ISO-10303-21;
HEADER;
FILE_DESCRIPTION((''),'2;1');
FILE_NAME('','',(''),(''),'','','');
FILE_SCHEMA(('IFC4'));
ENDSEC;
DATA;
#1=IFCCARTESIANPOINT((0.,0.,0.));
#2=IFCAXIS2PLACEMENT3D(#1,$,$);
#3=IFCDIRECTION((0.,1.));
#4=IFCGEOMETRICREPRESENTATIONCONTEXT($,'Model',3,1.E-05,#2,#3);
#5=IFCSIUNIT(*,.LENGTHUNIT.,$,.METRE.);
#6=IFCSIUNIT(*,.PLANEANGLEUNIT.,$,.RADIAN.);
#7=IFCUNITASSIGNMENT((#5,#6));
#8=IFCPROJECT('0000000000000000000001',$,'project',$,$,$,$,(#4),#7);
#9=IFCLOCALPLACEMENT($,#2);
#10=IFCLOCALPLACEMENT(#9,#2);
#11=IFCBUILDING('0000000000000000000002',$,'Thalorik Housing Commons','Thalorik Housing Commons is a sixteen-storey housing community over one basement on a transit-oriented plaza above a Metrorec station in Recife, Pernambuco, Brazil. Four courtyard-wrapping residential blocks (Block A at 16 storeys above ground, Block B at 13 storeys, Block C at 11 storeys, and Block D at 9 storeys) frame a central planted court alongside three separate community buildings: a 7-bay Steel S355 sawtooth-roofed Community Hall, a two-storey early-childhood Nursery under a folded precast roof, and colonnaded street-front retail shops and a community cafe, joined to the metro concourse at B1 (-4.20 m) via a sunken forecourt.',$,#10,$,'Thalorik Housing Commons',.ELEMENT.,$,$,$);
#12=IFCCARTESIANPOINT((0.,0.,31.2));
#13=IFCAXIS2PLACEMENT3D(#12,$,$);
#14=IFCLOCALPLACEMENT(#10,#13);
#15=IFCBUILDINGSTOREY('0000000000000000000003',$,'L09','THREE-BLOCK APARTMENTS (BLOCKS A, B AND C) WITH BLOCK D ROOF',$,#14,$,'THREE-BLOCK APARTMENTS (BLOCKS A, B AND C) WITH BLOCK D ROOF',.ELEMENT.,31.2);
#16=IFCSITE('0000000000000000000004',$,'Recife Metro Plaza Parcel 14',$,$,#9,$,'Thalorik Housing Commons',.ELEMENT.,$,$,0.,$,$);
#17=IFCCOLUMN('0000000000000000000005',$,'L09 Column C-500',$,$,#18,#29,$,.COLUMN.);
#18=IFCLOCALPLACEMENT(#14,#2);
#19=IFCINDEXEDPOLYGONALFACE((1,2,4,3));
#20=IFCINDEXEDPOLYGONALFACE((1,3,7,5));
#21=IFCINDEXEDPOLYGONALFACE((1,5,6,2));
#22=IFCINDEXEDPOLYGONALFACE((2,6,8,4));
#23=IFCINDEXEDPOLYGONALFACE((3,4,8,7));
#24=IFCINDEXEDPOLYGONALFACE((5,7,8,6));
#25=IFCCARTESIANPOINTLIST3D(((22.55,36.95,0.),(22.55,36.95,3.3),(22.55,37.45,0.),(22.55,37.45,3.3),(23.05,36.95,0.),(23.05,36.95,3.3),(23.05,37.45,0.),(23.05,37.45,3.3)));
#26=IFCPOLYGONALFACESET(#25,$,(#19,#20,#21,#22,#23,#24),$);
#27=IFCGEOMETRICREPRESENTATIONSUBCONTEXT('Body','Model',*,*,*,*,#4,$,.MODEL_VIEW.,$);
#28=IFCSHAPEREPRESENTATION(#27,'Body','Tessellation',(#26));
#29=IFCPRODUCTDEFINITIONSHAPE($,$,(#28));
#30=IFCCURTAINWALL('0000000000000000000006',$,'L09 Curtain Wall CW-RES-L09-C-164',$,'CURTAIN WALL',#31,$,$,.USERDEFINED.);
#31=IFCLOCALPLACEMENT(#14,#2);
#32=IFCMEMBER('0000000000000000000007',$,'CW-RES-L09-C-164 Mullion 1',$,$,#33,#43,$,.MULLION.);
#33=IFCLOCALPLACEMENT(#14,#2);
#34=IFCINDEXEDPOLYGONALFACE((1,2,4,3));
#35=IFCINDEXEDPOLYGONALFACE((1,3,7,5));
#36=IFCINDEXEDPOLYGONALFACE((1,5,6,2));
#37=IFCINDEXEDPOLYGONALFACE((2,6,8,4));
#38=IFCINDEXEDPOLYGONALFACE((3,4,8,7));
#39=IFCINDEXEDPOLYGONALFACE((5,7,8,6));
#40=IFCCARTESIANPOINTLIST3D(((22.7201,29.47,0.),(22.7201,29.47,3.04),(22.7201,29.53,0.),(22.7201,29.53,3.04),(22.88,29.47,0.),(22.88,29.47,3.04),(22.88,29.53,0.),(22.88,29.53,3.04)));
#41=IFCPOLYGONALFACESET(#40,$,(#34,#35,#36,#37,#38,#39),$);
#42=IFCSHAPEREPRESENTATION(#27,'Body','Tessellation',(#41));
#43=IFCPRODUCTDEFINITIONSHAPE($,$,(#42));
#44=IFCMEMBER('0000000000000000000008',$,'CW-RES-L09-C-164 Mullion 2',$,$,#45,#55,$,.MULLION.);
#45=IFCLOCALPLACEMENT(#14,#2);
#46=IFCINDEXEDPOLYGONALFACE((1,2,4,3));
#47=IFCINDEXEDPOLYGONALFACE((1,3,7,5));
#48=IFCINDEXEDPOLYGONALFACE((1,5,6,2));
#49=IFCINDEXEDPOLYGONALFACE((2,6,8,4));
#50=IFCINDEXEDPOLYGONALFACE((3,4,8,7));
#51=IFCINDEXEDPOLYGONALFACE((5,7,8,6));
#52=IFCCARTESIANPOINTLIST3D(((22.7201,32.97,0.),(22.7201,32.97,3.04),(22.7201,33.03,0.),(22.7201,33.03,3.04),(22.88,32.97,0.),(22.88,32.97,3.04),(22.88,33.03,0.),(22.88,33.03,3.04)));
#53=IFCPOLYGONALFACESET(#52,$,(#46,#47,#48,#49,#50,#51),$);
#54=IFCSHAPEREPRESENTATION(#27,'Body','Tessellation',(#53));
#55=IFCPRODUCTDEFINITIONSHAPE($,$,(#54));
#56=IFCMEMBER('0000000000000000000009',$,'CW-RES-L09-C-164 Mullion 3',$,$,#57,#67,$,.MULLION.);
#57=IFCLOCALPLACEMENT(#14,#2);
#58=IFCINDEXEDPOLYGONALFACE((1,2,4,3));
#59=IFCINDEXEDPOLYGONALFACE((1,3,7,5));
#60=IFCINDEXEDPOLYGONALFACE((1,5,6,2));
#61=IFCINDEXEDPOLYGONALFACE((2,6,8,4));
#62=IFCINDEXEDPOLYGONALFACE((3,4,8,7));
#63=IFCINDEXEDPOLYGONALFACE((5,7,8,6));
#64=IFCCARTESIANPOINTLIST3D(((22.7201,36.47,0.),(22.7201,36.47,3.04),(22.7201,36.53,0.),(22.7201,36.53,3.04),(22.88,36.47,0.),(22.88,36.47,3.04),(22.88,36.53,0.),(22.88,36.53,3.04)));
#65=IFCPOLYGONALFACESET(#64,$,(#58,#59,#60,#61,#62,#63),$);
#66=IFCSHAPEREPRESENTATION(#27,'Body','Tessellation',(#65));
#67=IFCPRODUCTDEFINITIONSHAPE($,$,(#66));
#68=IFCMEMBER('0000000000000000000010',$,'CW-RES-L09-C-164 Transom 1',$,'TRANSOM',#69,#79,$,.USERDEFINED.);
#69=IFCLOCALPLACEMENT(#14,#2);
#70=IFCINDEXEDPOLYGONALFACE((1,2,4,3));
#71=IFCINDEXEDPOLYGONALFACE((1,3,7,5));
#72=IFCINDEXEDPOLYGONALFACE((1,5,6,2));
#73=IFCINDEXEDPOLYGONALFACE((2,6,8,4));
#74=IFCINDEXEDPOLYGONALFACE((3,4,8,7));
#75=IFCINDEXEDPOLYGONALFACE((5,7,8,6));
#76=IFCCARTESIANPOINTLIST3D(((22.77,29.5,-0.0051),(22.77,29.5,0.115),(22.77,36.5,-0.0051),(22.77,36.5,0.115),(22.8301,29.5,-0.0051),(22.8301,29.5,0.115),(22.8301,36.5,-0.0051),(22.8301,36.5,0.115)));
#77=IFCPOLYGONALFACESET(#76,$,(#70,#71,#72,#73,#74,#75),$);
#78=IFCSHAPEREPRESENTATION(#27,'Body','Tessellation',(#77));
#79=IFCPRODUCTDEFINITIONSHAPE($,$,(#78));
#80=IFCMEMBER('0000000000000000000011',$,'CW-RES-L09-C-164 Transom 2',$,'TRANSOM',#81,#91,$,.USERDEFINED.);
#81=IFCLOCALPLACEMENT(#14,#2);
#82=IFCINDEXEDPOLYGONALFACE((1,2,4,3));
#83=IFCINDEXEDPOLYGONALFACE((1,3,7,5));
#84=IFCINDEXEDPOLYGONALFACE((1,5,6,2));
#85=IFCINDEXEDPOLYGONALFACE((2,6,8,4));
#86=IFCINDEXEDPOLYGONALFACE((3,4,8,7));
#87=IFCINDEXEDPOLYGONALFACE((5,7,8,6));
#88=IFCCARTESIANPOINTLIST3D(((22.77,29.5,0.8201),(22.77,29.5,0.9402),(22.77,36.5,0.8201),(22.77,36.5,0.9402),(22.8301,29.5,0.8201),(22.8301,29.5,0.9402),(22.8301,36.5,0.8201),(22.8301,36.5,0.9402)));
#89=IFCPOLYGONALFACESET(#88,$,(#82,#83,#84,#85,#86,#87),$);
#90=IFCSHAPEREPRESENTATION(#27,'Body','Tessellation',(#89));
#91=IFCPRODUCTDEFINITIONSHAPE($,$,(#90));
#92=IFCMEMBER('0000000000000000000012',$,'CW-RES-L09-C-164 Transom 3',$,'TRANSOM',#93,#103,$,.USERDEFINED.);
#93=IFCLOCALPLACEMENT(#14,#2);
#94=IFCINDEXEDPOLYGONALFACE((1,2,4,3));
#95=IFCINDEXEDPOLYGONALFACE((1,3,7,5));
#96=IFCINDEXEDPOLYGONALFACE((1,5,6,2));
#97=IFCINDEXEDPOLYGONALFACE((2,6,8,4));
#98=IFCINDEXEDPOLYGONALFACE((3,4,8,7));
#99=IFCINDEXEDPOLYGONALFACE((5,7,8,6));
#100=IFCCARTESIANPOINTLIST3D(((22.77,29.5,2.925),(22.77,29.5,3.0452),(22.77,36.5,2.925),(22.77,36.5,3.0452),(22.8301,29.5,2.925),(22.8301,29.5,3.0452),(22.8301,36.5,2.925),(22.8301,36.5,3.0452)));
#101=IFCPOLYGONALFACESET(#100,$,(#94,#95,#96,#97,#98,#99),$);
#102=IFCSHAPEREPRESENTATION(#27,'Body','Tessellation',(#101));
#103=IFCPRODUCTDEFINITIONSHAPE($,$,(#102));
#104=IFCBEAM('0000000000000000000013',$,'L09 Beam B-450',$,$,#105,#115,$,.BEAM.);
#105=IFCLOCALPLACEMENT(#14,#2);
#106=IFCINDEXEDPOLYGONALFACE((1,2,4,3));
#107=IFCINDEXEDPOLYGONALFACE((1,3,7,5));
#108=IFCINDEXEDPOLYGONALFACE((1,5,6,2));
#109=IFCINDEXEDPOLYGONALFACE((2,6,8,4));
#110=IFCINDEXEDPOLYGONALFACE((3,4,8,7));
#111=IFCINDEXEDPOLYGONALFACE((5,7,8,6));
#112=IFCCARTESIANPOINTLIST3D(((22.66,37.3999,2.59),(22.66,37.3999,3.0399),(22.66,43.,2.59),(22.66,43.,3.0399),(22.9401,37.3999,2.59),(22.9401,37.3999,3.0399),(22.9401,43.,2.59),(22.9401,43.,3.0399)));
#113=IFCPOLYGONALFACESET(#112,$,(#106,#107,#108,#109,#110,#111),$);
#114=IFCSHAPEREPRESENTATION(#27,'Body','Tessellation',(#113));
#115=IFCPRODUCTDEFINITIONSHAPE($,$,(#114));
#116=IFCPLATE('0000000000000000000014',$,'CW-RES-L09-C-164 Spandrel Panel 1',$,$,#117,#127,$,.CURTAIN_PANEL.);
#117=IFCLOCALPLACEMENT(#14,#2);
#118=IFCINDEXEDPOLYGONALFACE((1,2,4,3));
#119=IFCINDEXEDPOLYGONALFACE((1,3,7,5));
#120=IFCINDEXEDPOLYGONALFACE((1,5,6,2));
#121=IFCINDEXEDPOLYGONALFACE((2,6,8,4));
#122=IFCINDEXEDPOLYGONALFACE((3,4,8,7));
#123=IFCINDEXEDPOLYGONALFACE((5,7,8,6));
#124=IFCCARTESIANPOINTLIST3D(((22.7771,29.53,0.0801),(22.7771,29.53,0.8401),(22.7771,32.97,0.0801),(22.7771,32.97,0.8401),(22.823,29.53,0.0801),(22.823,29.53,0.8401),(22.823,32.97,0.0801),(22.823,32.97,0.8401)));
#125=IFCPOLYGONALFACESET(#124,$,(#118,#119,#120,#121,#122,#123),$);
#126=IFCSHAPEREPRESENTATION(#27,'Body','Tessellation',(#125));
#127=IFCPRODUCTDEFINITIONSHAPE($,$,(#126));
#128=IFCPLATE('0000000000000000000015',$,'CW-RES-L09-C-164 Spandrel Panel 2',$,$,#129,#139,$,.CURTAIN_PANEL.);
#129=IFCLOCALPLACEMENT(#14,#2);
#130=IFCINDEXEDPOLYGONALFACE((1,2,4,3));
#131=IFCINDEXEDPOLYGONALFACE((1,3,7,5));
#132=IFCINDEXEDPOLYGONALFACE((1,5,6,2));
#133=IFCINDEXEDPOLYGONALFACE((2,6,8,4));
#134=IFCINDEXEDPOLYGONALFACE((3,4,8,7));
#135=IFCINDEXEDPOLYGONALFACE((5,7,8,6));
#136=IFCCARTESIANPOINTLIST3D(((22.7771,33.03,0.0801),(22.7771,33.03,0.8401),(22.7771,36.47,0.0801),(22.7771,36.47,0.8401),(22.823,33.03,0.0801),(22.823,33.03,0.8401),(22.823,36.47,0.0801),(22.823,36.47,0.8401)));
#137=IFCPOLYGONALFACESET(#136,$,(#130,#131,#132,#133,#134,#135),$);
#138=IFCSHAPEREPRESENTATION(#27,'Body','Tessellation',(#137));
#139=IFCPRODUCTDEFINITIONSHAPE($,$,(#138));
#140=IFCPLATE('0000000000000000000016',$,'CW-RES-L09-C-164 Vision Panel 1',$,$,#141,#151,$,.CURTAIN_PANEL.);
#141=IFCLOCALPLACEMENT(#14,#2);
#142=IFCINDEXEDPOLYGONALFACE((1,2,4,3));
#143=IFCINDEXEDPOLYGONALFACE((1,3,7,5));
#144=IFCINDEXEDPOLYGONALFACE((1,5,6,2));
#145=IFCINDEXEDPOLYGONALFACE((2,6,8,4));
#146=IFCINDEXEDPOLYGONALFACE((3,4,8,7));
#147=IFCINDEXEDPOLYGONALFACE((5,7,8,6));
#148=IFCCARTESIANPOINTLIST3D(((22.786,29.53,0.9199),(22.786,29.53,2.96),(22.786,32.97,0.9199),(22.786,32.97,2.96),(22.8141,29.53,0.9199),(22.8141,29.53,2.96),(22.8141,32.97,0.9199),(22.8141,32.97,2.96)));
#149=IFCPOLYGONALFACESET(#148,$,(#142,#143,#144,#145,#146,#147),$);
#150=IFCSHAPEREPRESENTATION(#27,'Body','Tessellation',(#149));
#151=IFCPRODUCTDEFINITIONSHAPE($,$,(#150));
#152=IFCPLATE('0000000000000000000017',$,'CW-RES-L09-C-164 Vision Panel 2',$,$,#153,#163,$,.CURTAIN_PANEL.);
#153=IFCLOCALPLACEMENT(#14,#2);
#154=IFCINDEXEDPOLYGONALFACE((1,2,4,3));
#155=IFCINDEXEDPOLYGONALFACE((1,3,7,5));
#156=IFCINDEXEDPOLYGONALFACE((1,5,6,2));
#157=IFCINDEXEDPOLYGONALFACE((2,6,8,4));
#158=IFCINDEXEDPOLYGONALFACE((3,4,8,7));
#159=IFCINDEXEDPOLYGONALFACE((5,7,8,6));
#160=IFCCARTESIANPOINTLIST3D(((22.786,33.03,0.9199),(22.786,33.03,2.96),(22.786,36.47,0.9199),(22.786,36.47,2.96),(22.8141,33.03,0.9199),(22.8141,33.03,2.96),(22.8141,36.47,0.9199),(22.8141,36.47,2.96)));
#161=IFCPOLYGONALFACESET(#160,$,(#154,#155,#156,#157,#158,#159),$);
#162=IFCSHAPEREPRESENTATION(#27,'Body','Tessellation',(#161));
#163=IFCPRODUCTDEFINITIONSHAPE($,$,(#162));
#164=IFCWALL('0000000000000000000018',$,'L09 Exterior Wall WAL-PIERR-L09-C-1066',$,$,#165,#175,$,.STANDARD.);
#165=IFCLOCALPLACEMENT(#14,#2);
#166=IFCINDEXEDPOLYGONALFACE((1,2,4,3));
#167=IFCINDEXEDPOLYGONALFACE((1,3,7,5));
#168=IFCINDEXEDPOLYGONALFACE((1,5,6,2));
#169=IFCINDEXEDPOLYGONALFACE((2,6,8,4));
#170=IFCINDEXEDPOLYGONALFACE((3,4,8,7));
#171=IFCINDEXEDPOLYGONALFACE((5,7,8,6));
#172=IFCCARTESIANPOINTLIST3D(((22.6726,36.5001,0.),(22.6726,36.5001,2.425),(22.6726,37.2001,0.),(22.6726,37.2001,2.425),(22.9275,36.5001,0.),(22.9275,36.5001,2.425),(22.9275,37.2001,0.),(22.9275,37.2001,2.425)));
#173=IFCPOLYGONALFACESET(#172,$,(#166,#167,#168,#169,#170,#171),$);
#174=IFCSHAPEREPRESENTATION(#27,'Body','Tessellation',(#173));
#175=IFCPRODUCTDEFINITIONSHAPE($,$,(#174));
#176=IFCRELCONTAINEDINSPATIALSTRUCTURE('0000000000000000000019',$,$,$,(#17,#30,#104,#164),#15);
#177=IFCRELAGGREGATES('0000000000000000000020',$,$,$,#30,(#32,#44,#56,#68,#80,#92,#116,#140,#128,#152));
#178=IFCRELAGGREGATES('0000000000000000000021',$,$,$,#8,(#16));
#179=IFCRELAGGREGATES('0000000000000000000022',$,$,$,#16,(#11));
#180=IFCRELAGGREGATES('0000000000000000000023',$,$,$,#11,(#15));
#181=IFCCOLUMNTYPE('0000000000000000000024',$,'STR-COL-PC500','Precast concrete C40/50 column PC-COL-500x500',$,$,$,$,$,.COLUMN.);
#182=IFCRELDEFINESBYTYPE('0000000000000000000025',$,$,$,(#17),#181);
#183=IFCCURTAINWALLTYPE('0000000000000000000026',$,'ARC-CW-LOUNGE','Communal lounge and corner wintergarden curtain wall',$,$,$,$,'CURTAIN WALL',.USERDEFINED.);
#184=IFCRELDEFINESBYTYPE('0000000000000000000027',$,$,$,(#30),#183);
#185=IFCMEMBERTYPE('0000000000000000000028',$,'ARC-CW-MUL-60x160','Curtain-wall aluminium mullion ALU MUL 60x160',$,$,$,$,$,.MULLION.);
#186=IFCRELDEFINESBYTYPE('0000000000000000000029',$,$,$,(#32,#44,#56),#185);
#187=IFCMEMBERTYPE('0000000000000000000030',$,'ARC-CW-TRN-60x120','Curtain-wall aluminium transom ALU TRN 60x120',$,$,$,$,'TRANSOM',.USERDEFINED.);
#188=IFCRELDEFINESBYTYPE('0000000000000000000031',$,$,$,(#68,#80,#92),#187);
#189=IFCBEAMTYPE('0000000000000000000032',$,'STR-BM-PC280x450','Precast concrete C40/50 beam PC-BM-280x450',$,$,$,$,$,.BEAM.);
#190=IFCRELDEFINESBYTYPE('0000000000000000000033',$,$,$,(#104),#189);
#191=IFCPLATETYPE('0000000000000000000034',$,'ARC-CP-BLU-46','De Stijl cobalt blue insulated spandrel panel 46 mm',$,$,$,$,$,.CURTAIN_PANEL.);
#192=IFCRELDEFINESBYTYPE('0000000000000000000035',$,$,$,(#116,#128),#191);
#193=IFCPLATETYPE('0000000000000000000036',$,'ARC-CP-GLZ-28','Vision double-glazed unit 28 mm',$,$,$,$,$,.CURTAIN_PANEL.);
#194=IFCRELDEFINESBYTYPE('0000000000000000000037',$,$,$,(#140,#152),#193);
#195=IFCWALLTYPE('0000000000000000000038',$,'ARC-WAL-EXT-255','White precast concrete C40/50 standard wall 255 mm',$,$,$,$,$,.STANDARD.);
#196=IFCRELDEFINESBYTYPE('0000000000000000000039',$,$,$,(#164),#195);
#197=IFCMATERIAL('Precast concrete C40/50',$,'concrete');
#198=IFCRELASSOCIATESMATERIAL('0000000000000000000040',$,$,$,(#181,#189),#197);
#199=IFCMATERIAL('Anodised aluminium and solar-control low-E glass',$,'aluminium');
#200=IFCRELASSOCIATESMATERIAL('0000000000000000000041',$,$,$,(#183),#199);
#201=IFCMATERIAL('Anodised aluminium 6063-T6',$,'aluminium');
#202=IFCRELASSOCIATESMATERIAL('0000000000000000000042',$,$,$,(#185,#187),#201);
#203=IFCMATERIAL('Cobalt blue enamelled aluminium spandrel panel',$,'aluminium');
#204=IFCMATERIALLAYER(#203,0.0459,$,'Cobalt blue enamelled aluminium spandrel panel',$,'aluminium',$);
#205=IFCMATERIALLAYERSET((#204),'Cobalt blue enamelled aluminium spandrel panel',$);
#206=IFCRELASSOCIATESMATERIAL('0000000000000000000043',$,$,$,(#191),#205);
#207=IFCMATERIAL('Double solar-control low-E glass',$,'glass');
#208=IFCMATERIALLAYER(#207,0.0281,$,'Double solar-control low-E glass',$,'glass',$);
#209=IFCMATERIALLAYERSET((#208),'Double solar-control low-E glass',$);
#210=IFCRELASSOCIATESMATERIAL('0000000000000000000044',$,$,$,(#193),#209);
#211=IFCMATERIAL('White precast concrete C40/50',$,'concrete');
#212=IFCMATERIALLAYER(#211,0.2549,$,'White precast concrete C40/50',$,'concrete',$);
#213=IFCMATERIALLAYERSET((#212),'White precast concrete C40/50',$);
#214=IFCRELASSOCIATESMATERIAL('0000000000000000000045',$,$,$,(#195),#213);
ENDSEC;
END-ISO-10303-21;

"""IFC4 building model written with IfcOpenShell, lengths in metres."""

from ifc_helpers import new_model, si_unit, direction, frame, frame_2d, origin, origin_2d, place, context, subcontext, project, spatial, rectangle, extrude, material, layer, layer_set, material_profile, profile_set, type_object, element, aggregate, save


model = new_model("IFC4")

# Units and contexts
model_context = context("Model", 3, precision=1e-05, world=origin(), true_north=direction((0.0, 1.0)))
body_context = subcontext(model_context, "Body", "Model", "MODEL_VIEW")
ifc_project = project(units=[si_unit("LENGTHUNIT", "METRE"), si_unit("PLANEANGLEUNIT", "RADIAN")], contexts=[model_context])

# Site, building, storey
site_placement = place(None, origin())
site = spatial("IfcSite", under=ifc_project, at=site_placement, Name="Recife Metro Plaza Parcel 14", LongName="Thalorik Housing Commons", CompositionType="ELEMENT", RefElevation=0.0)
building_placement = place(site_placement, origin())
building = spatial("IfcBuilding", under=site, at=building_placement, Name="Thalorik Housing Commons", Description="Thalorik Housing Commons is a sixteen-storey housing community over one basement on a transit-oriented plaza above a Metrorec station in Recife, Pernambuco, Brazil. Four courtyard-wrapping residential blocks (Block A at 16 storeys above ground, Block B at 13 storeys, Block C at 11 storeys, and Block D at 9 storeys) frame a central planted court alongside three separate community buildings: a 7-bay Steel S355 sawtooth-roofed Community Hall, a two-storey early-childhood Nursery under a folded precast roof, and colonnaded street-front retail shops and a community cafe, joined to the metro concourse at B1 (-4.20 m) via a sunken forecourt.", LongName="Thalorik Housing Commons", CompositionType="ELEMENT")
storey_placement = place(building_placement, frame((0.0, 0.0, 31.2)))
storey = spatial("IfcBuildingStorey", under=building, at=storey_placement, Name="L09", Description="THREE-BLOCK APARTMENTS (BLOCKS A, B AND C) WITH BLOCK D ROOF", LongName="THREE-BLOCK APARTMENTS (BLOCKS A, B AND C) WITH BLOCK D ROOF", CompositionType="ELEMENT", Elevation=31.2)

# Column
ifc_material_1 = material(Name="Precast concrete C40/50", Category="concrete")
ifc_material_profile_1 = material_profile(ifc_material_1, rectangle(XDim=0.5, YDim=0.5, at=origin_2d()), Name="PC 500x500", Category="concrete")
ifc_profile_set_1 = profile_set([ifc_material_profile_1], Name="Precast concrete C40/50")
column_type = type_object("IfcColumnType", Name="STR-COL-PC500", Description="Precast concrete C40/50 column PC-COL-500x500", PredefinedType="COLUMN", material=ifc_profile_set_1)
column_placement = place(storey_placement, frame((22.8, 37.2, 0.0), z_axis=(0.0, 0.0, 1.0), x_axis=(1.0, 0.0, 0.0)))
element("IfcColumn", 1, at=column_placement, inside=storey, type_object=column_type, Name="L09 Column C-500", PredefinedType="COLUMN", context=body_context, shape_type="SweptSolid", body=[
    extrude(rectangle(XDim=0.5, YDim=0.5, at=origin_2d()), origin(), (0.0, 0.0, 1.0), 3.3),
])

# Curtain wall, members
ifc_material_2 = material(Name="Anodised aluminium and solar-control low-E glass", Category="aluminium")
curtain_wall_type = type_object("IfcCurtainWallType", Name="ARC-CW-LOUNGE", Description="Communal lounge and corner wintergarden curtain wall", ElementType="CURTAIN WALL", PredefinedType="USERDEFINED", material=ifc_material_2)
curtain_wall_placement = place(storey_placement, origin())
curtain_wall = element("IfcCurtainWall", 2, at=curtain_wall_placement, inside=storey, type_object=curtain_wall_type, Name="L09 Curtain Wall CW-RES-L09-C-164", ObjectType="CURTAIN WALL", PredefinedType="USERDEFINED")
ifc_material_3 = material(Name="Anodised aluminium 6063-T6", Category="aluminium")
ifc_material_profile_2 = material_profile(ifc_material_3, rectangle(XDim=0.0601, YDim=0.1599, at=origin_2d()), Name="ALU MUL 60x160", Category="aluminium")
ifc_profile_set_2 = profile_set([ifc_material_profile_2], Name="Anodised aluminium 6063-T6")
member_type_1 = type_object("IfcMemberType", Name="ARC-CW-MUL-60x160", Description="Curtain-wall aluminium mullion ALU MUL 60x160", PredefinedType="MULLION", material=ifc_profile_set_2)
member_1_placement = place(storey_placement, frame((22.8, 29.5, 0.0), z_axis=(0.0, 0.0, 1.0), x_axis=(0.0, 1.0, 0.0)))
member_1 = element("IfcMember", 3, at=member_1_placement, type_object=member_type_1, Name="CW-RES-L09-C-164 Mullion 1", PredefinedType="MULLION", context=body_context, shape_type="SweptSolid", body=[
    extrude(rectangle(XDim=0.0601, YDim=0.1599, at=origin_2d()), origin(), (0.0, 0.0, 1.0), 3.04),
])
member_2_placement = place(storey_placement, frame((22.8, 33.0, 0.0), z_axis=(0.0, 0.0, 1.0), x_axis=(0.0, 1.0, 0.0)))
member_2 = element("IfcMember", 4, at=member_2_placement, type_object=member_type_1, Name="CW-RES-L09-C-164 Mullion 2", PredefinedType="MULLION", context=body_context, shape_type="SweptSolid", body=[
    extrude(rectangle(XDim=0.0601, YDim=0.1599, at=origin_2d()), origin(), (0.0, 0.0, 1.0), 3.04),
])
member_3_placement = place(storey_placement, frame((22.8, 36.5, 0.0), z_axis=(0.0, 0.0, 1.0), x_axis=(0.0, 1.0, 0.0)))
member_3 = element("IfcMember", 5, at=member_3_placement, type_object=member_type_1, Name="CW-RES-L09-C-164 Mullion 3", PredefinedType="MULLION", context=body_context, shape_type="SweptSolid", body=[
    extrude(rectangle(XDim=0.0601, YDim=0.1599, at=origin_2d()), origin(), (0.0, 0.0, 1.0), 3.04),
])
ifc_material_profile_3 = material_profile(ifc_material_3, rectangle(XDim=0.0601, YDim=0.1201, at=origin_2d()), Name="ALU TRN 60x120", Category="aluminium")
ifc_profile_set_3 = profile_set([ifc_material_profile_3], Name="Anodised aluminium 6063-T6")
member_type_2 = type_object("IfcMemberType", Name="ARC-CW-TRN-60x120", Description="Curtain-wall aluminium transom ALU TRN 60x120", ElementType="TRANSOM", PredefinedType="USERDEFINED", material=ifc_profile_set_3)
member_4_placement = place(storey_placement, frame((22.8, 29.5, 0.0549), z_axis=(0.0, 1.0, 0.0), x_axis=(-1.0, 0.0, 0.0)))
member_4 = element("IfcMember", 6, at=member_4_placement, type_object=member_type_2, Name="CW-RES-L09-C-164 Transom 1", ObjectType="TRANSOM", PredefinedType="USERDEFINED", context=body_context, shape_type="SweptSolid", body=[
    extrude(rectangle(XDim=0.0601, YDim=0.1201, at=origin_2d()), origin(), (0.0, 0.0, 1.0), 7.0),
])
member_5_placement = place(storey_placement, frame((22.8, 29.5, 0.8801), z_axis=(0.0, 1.0, 0.0), x_axis=(-1.0, 0.0, 0.0)))
member_5 = element("IfcMember", 7, at=member_5_placement, type_object=member_type_2, Name="CW-RES-L09-C-164 Transom 2", ObjectType="TRANSOM", PredefinedType="USERDEFINED", context=body_context, shape_type="SweptSolid", body=[
    extrude(rectangle(XDim=0.0601, YDim=0.1201, at=origin_2d()), origin(), (0.0, 0.0, 1.0), 7.0),
])
member_6_placement = place(storey_placement, frame((22.8, 29.5, 2.9851), z_axis=(0.0, 1.0, 0.0), x_axis=(-1.0, 0.0, 0.0)))
member_6 = element("IfcMember", 8, at=member_6_placement, type_object=member_type_2, Name="CW-RES-L09-C-164 Transom 3", ObjectType="TRANSOM", PredefinedType="USERDEFINED", context=body_context, shape_type="SweptSolid", body=[
    extrude(rectangle(XDim=0.0601, YDim=0.1201, at=origin_2d()), origin(), (0.0, 0.0, 1.0), 7.0),
])

# Beam
ifc_material_profile_4 = material_profile(ifc_material_1, rectangle(XDim=0.28, YDim=0.45, at=origin_2d()), Name="PC 280x450", Category="concrete")
ifc_profile_set_4 = profile_set([ifc_material_profile_4], Name="Precast concrete C40/50")
beam_type = type_object("IfcBeamType", Name="STR-BM-PC280x450", Description="Precast concrete C40/50 beam PC-BM-280x450", PredefinedType="BEAM", material=ifc_profile_set_4)
beam_placement = place(storey_placement, frame((22.8, 37.3999, 2.8149), z_axis=(0.0, 1.0, 0.0), x_axis=(-1.0, 0.0, 0.0)))
element("IfcBeam", 9, at=beam_placement, inside=storey, type_object=beam_type, Name="L09 Beam B-450", PredefinedType="BEAM", context=body_context, shape_type="SweptSolid", body=[
    extrude(rectangle(XDim=0.28, YDim=0.45, at=origin_2d()), origin(), (0.0, 0.0, 1.0), 5.6001),
])

# Plates
ifc_material_4 = material(Name="Cobalt blue enamelled aluminium spandrel panel", Category="aluminium")
ifc_layer_1 = layer(ifc_material_4, 0.0459, Name="Cobalt blue enamelled aluminium spandrel panel", Category="aluminium")
ifc_layer_set_1 = layer_set([ifc_layer_1], Name="Cobalt blue enamelled aluminium spandrel panel")
plate_type_1 = type_object("IfcPlateType", Name="ARC-CP-BLU-46", Description="De Stijl cobalt blue insulated spandrel panel 46 mm", PredefinedType="CURTAIN_PANEL", material=ifc_layer_set_1)
plate_1_placement = place(storey_placement, frame((22.8, 31.25, 0.0801), z_axis=(0.0, 0.0, 1.0), x_axis=(0.0, 1.0, 0.0)))
plate_1 = element("IfcPlate", 10, at=plate_1_placement, type_object=plate_type_1, Name="CW-RES-L09-C-164 Spandrel Panel 1", PredefinedType="CURTAIN_PANEL", context=body_context, shape_type="SweptSolid", body=[
    extrude(rectangle(XDim=3.4399, YDim=0.0459, at=origin_2d()), origin(), (0.0, 0.0, 1.0), 0.76),
])
plate_2_placement = place(storey_placement, frame((22.8, 34.75, 0.0801), z_axis=(0.0, 0.0, 1.0), x_axis=(0.0, 1.0, 0.0)))
plate_2 = element("IfcPlate", 11, at=plate_2_placement, type_object=plate_type_1, Name="CW-RES-L09-C-164 Spandrel Panel 2", PredefinedType="CURTAIN_PANEL", context=body_context, shape_type="SweptSolid", body=[
    extrude(rectangle(XDim=3.4399, YDim=0.0459, at=origin_2d()), origin(), (0.0, 0.0, 1.0), 0.76),
])
ifc_material_5 = material(Name="Double solar-control low-E glass", Category="glass")
ifc_layer_2 = layer(ifc_material_5, 0.0281, Name="Double solar-control low-E glass", Category="glass")
ifc_layer_set_2 = layer_set([ifc_layer_2], Name="Double solar-control low-E glass")
plate_type_2 = type_object("IfcPlateType", Name="ARC-CP-GLZ-28", Description="Vision double-glazed unit 28 mm", PredefinedType="CURTAIN_PANEL", material=ifc_layer_set_2)
plate_3_placement = place(storey_placement, frame((22.8, 31.25, 0.9199), z_axis=(0.0, 0.0, 1.0), x_axis=(0.0, 1.0, 0.0)))
plate_3 = element("IfcPlate", 12, at=plate_3_placement, type_object=plate_type_2, Name="CW-RES-L09-C-164 Vision Panel 1", PredefinedType="CURTAIN_PANEL", context=body_context, shape_type="SweptSolid", body=[
    extrude(rectangle(XDim=3.4399, YDim=0.0281, at=origin_2d()), origin(), (0.0, 0.0, 1.0), 2.04),
])
plate_4_placement = place(storey_placement, frame((22.8, 34.75, 0.9199), z_axis=(0.0, 0.0, 1.0), x_axis=(0.0, 1.0, 0.0)))
plate_4 = element("IfcPlate", 13, at=plate_4_placement, type_object=plate_type_2, Name="CW-RES-L09-C-164 Vision Panel 2", PredefinedType="CURTAIN_PANEL", context=body_context, shape_type="SweptSolid", body=[
    extrude(rectangle(XDim=3.4399, YDim=0.0281, at=origin_2d()), origin(), (0.0, 0.0, 1.0), 2.04),
])
aggregate(curtain_wall, [member_1, member_2, member_3, member_4, member_5, member_6, plate_1, plate_3, plate_2, plate_4])

# Wall
ifc_material_6 = material(Name="White precast concrete C40/50", Category="concrete")
ifc_layer_3 = layer(ifc_material_6, 0.2549, Name="White precast concrete C40/50", Category="concrete")
ifc_layer_set_3 = layer_set([ifc_layer_3], Name="White precast concrete C40/50")
wall_type = type_object("IfcWallType", Name="ARC-WAL-EXT-255", Description="White precast concrete C40/50 standard wall 255 mm", PredefinedType="STANDARD", material=ifc_layer_set_3)
wall_1_placement = place(storey_placement, frame((22.8, 36.5, 0.0), z_axis=(0.0, 0.0, 1.0), x_axis=(0.0, 1.0, 0.0)))
element("IfcWall", 14, at=wall_1_placement, inside=storey, type_object=wall_type, Name="L09 Exterior Wall WAL-PIERR-L09-C-1066", PredefinedType="STANDARD", context=body_context, shape_type="SweptSolid", body=[
    extrude(rectangle(XDim=0.7, YDim=0.2549, at=frame_2d((0.3501, 0.0))), origin(), (0.0, 0.0, 1.0), 2.425),
])

save(model, "model.ifc")
